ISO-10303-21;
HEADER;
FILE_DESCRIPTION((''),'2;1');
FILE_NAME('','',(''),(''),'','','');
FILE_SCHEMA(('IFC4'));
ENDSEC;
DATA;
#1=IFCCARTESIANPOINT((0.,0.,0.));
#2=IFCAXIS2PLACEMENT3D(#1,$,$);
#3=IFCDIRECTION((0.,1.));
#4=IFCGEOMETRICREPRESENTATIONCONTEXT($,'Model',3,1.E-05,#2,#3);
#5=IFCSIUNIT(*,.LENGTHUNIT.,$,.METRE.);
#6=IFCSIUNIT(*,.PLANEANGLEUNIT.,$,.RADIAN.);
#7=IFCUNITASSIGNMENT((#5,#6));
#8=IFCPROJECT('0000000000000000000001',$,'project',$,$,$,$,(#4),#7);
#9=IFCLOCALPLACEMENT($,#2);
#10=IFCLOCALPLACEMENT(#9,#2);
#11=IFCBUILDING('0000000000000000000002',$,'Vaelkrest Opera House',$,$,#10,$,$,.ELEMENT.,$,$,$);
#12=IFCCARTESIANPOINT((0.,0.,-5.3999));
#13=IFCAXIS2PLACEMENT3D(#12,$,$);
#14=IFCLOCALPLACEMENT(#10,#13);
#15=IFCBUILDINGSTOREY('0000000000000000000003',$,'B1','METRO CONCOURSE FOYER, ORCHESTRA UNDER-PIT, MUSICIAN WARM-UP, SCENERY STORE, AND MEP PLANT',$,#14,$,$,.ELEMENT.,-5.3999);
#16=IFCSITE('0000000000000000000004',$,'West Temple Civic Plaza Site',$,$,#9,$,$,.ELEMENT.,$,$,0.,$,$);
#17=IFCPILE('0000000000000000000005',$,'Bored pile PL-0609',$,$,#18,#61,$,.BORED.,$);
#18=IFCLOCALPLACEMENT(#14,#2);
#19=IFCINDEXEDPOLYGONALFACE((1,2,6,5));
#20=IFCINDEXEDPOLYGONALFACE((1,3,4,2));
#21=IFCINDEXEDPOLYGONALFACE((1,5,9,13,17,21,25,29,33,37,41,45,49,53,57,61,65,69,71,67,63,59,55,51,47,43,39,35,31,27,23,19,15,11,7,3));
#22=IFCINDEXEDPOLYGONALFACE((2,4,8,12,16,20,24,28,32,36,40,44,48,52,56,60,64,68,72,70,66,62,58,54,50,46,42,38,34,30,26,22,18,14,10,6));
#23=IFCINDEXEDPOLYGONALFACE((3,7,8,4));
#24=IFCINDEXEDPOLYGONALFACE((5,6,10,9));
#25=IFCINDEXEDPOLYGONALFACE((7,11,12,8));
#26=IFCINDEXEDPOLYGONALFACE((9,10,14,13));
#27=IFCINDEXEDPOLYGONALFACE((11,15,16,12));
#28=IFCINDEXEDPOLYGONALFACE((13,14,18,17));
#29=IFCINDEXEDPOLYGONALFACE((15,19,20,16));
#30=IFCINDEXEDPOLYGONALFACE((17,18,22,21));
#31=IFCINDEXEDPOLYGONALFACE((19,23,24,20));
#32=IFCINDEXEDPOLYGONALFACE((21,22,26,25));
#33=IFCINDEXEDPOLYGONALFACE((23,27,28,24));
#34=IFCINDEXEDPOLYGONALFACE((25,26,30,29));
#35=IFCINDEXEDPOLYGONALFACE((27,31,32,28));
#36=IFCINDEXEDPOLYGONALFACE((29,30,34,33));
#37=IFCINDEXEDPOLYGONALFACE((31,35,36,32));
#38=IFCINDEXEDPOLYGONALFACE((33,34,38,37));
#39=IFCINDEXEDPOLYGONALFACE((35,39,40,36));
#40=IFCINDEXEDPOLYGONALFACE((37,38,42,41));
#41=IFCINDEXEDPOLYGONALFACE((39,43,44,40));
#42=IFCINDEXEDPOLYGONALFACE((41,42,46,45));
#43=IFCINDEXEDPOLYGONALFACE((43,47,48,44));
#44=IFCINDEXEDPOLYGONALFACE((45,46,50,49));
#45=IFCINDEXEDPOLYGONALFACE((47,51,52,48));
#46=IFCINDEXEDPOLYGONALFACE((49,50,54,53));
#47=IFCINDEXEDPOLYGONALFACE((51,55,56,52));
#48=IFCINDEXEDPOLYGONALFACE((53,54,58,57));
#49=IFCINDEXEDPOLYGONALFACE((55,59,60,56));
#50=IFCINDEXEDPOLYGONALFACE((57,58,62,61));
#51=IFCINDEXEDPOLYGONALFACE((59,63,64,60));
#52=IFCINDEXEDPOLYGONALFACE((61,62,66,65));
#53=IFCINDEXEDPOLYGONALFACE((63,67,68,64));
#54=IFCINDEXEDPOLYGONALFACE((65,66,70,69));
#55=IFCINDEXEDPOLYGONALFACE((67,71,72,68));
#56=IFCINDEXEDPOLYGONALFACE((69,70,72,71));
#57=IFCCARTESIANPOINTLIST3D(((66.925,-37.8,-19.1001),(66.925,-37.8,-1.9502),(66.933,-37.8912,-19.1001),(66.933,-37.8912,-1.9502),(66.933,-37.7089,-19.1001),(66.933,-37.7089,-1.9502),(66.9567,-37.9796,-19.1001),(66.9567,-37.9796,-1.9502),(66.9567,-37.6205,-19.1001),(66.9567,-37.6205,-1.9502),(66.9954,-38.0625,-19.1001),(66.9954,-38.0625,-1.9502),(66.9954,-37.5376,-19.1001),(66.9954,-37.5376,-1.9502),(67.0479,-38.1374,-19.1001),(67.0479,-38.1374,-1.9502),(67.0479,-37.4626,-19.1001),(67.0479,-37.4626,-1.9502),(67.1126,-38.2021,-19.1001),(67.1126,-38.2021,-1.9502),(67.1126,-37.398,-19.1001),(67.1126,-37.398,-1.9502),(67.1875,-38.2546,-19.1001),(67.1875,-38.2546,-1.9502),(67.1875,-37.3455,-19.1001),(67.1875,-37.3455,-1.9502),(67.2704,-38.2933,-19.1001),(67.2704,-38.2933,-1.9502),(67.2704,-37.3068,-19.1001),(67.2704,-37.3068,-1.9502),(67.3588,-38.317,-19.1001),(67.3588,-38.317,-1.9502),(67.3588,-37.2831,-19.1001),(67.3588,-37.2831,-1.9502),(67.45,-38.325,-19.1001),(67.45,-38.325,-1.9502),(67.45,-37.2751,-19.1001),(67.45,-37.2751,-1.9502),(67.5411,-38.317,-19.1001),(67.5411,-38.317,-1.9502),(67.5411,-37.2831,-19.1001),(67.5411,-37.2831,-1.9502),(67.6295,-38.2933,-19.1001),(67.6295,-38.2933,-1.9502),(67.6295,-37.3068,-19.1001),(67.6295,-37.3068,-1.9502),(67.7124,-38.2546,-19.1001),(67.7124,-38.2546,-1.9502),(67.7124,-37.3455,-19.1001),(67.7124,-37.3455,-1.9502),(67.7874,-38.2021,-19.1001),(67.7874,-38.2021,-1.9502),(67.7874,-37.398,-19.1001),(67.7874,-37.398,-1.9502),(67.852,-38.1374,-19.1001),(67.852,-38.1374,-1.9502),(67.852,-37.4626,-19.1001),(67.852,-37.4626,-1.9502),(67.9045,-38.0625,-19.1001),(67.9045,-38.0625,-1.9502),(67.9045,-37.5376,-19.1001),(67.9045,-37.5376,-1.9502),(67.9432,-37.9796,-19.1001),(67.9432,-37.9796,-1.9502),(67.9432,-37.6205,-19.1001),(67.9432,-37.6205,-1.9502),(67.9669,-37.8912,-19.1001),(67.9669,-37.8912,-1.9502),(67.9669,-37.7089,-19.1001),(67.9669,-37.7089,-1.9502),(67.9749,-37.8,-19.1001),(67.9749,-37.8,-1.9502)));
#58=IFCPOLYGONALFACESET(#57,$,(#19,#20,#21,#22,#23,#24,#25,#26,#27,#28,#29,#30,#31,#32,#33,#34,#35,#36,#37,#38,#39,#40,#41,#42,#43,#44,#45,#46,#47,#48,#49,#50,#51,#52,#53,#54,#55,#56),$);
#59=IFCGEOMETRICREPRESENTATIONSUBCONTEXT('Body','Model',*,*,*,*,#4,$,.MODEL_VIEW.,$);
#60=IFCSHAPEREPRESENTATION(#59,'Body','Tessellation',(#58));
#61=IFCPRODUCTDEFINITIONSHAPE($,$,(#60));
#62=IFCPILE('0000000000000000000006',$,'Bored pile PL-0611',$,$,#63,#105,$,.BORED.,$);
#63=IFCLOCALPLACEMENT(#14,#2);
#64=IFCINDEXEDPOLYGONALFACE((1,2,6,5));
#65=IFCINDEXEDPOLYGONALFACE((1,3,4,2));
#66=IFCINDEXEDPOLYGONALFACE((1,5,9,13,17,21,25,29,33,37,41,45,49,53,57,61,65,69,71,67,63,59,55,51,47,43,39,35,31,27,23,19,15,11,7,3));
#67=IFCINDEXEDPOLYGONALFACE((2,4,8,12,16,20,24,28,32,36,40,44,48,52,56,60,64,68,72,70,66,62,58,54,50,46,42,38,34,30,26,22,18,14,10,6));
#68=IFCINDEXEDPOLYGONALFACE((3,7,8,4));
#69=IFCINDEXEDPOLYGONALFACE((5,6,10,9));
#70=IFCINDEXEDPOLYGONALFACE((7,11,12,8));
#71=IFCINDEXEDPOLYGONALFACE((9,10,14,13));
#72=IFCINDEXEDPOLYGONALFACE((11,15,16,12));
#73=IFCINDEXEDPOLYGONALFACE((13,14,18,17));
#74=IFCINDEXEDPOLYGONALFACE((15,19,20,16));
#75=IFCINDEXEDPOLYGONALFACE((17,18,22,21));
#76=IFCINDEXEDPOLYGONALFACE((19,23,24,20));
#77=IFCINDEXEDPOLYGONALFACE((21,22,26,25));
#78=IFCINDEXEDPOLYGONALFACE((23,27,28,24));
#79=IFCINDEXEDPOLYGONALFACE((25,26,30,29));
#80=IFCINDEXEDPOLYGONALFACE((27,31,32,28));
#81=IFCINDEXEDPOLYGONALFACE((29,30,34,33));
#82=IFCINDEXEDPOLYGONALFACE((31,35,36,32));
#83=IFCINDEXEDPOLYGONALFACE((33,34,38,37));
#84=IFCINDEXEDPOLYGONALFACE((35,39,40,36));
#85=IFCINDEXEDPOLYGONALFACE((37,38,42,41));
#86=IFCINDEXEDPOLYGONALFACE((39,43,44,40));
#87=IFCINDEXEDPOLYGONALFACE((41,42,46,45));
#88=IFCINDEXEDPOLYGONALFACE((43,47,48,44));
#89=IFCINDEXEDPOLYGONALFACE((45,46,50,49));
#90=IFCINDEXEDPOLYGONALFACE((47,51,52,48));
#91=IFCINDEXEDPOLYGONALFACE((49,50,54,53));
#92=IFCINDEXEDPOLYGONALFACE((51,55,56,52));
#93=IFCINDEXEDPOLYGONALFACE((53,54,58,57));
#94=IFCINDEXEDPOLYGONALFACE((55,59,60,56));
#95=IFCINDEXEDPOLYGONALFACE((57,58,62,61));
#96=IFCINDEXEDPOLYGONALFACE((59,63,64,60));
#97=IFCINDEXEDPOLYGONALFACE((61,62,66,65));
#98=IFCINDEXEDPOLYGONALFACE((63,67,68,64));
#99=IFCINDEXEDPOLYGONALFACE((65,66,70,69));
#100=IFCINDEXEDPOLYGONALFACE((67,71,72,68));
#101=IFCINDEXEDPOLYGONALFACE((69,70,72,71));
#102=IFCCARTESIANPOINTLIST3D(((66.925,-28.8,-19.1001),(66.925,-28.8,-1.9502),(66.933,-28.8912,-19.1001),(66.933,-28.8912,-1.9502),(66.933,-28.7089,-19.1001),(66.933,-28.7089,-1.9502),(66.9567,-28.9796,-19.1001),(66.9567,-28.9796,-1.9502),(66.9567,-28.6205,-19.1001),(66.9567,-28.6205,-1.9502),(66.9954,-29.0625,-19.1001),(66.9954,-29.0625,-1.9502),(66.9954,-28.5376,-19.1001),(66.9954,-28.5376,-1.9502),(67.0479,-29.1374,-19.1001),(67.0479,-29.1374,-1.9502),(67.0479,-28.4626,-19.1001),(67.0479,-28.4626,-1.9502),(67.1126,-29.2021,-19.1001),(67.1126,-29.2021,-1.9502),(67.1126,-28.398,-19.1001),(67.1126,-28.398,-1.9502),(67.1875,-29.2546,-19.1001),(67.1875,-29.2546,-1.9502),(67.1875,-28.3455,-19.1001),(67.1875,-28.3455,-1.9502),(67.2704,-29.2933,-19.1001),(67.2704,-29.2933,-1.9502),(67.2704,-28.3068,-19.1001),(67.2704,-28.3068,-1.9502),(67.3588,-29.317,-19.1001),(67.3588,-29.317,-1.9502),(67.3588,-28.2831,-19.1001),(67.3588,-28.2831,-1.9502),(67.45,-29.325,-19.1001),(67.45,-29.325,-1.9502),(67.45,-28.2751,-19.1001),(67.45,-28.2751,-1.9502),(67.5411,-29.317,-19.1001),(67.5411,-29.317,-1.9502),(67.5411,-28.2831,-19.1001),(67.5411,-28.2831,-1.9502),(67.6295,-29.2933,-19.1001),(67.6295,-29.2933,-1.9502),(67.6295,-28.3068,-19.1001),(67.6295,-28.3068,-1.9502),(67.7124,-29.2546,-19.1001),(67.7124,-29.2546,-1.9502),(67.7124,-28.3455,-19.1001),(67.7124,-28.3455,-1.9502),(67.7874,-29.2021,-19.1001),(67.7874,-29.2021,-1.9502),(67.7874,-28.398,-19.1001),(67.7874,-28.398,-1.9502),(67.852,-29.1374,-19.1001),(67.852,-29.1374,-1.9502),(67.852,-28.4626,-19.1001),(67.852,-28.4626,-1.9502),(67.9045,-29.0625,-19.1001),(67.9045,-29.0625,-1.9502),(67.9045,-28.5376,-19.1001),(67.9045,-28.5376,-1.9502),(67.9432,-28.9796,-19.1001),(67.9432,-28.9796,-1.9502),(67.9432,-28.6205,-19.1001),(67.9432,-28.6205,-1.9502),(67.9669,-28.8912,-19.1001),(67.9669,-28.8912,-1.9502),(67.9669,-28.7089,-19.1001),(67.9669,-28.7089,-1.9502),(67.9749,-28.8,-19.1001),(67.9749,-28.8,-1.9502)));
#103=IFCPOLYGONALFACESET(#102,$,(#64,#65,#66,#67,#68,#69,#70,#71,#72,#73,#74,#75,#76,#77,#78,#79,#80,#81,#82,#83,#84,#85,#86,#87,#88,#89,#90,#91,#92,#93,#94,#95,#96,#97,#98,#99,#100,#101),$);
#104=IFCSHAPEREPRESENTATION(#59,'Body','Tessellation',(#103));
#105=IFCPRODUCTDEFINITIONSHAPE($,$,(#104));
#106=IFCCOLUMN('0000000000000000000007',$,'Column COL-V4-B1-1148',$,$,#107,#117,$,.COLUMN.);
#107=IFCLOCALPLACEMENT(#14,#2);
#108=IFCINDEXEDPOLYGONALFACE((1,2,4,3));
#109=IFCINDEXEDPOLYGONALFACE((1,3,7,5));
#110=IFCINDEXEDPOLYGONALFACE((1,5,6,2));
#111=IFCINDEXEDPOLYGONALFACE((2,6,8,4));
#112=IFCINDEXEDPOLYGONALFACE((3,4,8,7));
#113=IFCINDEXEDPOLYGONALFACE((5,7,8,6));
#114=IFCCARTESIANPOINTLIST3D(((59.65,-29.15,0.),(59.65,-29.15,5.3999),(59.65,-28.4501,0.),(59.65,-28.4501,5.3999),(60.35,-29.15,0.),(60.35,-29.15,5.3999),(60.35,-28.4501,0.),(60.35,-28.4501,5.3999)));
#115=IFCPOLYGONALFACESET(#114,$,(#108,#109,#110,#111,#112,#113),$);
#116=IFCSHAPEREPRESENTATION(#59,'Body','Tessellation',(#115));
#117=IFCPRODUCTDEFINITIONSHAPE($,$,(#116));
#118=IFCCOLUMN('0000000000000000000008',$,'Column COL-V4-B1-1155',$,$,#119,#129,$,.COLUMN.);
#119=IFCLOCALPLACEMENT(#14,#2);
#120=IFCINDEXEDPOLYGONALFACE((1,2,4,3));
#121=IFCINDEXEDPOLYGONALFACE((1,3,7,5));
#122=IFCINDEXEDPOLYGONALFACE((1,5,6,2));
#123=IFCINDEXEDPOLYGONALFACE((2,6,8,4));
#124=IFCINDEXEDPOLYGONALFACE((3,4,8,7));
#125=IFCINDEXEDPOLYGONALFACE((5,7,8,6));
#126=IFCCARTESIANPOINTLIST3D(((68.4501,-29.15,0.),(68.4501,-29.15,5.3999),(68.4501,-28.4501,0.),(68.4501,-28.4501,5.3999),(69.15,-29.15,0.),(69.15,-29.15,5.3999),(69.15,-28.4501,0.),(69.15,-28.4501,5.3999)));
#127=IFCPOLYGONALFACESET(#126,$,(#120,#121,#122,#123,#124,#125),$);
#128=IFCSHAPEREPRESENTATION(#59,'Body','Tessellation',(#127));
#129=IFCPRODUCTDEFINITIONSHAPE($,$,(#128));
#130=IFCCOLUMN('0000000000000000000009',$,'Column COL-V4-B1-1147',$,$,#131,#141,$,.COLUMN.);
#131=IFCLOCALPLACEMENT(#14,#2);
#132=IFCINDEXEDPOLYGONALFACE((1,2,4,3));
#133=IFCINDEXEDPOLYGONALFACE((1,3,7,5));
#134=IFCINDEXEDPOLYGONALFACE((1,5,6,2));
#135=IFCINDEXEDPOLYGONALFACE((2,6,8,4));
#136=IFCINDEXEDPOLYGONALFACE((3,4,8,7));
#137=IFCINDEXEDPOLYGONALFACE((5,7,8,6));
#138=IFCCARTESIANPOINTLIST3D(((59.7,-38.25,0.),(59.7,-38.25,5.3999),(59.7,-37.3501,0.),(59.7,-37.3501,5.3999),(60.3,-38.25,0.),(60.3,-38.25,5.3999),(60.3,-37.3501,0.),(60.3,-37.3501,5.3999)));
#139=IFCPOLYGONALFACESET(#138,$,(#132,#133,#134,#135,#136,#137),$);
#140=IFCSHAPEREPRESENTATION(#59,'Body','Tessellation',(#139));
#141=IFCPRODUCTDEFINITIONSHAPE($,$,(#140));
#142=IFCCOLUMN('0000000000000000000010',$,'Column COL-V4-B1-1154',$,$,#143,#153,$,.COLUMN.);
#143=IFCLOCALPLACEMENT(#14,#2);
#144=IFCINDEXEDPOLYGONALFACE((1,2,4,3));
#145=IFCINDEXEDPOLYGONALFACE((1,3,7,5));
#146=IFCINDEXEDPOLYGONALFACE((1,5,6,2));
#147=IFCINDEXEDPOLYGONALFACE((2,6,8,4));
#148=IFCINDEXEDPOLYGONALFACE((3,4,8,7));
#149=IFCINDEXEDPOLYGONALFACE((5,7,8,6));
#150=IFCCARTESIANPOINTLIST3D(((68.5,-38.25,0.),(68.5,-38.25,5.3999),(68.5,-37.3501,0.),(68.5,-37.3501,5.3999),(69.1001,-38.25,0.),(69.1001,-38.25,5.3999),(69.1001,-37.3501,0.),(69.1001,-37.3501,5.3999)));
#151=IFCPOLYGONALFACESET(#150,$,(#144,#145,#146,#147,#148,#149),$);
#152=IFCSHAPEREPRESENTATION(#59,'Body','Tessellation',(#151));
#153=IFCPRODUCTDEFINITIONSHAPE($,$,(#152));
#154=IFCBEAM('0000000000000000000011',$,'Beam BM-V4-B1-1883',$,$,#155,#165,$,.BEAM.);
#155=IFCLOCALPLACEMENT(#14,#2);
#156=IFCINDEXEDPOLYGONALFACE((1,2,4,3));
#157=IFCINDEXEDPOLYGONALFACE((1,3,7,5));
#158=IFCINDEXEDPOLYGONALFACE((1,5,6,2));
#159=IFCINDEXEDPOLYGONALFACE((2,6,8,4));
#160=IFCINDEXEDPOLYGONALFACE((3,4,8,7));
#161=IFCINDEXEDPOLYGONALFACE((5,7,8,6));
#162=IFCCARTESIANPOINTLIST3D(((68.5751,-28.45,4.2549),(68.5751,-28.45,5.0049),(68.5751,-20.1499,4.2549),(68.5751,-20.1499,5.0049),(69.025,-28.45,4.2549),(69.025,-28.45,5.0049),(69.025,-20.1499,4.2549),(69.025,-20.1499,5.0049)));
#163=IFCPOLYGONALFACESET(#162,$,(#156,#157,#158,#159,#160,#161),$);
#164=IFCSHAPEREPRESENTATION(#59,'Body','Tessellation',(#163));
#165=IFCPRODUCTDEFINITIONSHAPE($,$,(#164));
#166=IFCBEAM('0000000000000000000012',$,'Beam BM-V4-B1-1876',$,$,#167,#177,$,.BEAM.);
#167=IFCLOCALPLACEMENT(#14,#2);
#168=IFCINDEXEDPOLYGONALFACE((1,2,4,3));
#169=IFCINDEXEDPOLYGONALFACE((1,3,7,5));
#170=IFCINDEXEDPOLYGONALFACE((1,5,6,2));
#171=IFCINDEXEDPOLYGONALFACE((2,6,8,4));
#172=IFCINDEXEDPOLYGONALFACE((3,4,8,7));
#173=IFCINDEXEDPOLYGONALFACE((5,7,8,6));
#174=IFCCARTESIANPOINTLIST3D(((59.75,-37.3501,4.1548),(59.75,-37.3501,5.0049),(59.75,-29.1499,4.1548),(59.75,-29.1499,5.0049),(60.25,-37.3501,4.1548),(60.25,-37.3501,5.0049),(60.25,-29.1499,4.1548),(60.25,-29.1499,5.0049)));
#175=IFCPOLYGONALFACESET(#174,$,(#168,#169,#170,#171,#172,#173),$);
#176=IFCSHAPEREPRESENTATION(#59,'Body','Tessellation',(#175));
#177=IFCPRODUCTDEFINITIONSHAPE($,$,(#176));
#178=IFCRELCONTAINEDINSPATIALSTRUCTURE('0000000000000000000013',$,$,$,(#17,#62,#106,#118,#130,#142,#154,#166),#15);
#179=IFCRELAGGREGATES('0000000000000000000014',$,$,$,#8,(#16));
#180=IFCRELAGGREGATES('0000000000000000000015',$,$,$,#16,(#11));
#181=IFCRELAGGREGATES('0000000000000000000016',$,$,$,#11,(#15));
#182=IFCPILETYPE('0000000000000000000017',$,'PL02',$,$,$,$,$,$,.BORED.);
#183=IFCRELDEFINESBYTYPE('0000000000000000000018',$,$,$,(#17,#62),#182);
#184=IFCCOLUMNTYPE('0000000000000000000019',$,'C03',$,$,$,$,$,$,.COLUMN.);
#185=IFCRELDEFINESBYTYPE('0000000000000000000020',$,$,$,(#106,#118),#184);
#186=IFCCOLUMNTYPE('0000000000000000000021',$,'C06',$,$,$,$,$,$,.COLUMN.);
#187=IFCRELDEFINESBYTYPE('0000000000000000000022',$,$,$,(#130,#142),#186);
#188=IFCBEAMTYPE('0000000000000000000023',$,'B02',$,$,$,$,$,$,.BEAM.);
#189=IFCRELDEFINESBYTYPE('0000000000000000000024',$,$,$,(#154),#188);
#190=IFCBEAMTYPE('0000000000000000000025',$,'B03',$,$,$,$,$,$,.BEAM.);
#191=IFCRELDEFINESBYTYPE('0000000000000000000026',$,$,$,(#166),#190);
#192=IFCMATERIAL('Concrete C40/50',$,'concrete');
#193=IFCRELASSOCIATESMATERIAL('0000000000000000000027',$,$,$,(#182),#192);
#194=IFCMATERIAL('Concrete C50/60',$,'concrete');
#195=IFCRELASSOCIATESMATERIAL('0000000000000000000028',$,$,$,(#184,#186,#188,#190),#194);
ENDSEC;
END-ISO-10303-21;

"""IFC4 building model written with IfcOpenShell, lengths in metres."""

from ifc_helpers import new_model, si_unit, direction, frame, origin, origin_2d, place, context, subcontext, project, spatial, rectangle, circle, extrude, material, material_profile, profile_set, type_object, element, save


model = new_model("IFC4")

# Units and contexts
model_context = context("Model", 3, precision=1e-05, world=origin(), true_north=direction((0.0, 1.0)))
body_context = subcontext(model_context, "Body", "Model", "MODEL_VIEW")
ifc_project = project(units=[si_unit("LENGTHUNIT", "METRE"), si_unit("PLANEANGLEUNIT", "RADIAN")], contexts=[model_context])

# Site, building, storey
site_placement = place(None, origin())
site = spatial("IfcSite", under=ifc_project, at=site_placement, Name="West Temple Civic Plaza Site", CompositionType="ELEMENT", RefElevation=0.0)
building_placement = place(site_placement, origin())
building = spatial("IfcBuilding", under=site, at=building_placement, Name="Vaelkrest Opera House", CompositionType="ELEMENT")
storey_placement = place(building_placement, frame((0.0, 0.0, -5.3999)))
storey = spatial("IfcBuildingStorey", under=building, at=storey_placement, Name="B1", Description="METRO CONCOURSE FOYER, ORCHESTRA UNDER-PIT, MUSICIAN WARM-UP, SCENERY STORE, AND MEP PLANT", CompositionType="ELEMENT", Elevation=-5.3999)

# Shared definitions
ifc_material_1 = material(Name="Concrete C40/50", Category="concrete")

# Piles
ifc_material_profile_1 = material_profile(ifc_material_1, circle(Radius=0.5249, at=origin_2d()), Name="PILE1050")
ifc_profile_set_1 = profile_set([ifc_material_profile_1], Name="Concrete C40/50")
pile_type = type_object("IfcPileType", Name="PL02", PredefinedType="BORED", material=ifc_profile_set_1)
for number, where, z_axis, x_axis, name in (
    (1, (67.45, -37.8, -1.9502), (0.0, 0.0, -1.0), (1.0, 0.0, 0.0), "Bored pile PL-0609"),
    (2, (67.45, -28.8, -1.9502), (0.0, 0.0, -1.0), (1.0, 0.0, 0.0), "Bored pile PL-0611"),
):
    element("IfcPile", number, at=place(storey_placement, frame(where, z_axis=z_axis, x_axis=x_axis)), inside=storey, type_object=pile_type, Name=name, PredefinedType="BORED", context=body_context, shape_type="SweptSolid", body=[
        extrude(circle(Radius=0.5249, at=origin_2d()), origin(), (0.0, 0.0, 1.0), 17.1499),
    ])

# Columns
ifc_material_2 = material(Name="Concrete C50/60", Category="concrete")
ifc_material_profile_2 = material_profile(ifc_material_2, rectangle(XDim=0.7, YDim=0.7, at=origin_2d()), Name="RC700X700")
ifc_profile_set_2 = profile_set([ifc_material_profile_2], Name="Concrete C50/60")
column_type_1 = type_object("IfcColumnType", Name="C03", PredefinedType="COLUMN", material=ifc_profile_set_2)
for number, where, z_axis, x_axis, name in (
    (3, (60.0, -28.8, 0.0), (0.0, 0.0, 1.0), (1.0, 0.0, 0.0), "Column COL-V4-B1-1148"),
    (4, (68.8, -28.8, 0.0), (0.0, 0.0, 1.0), (1.0, 0.0, 0.0), "Column COL-V4-B1-1155"),
):
    element("IfcColumn", number, at=place(storey_placement, frame(where, z_axis=z_axis, x_axis=x_axis)), inside=storey, type_object=column_type_1, Name=name, PredefinedType="COLUMN", context=body_context, shape_type="SweptSolid", body=[
        extrude(rectangle(XDim=0.7, YDim=0.7, at=origin_2d()), origin(), (0.0, 0.0, 1.0), 5.3999),
    ])
ifc_material_profile_3 = material_profile(ifc_material_2, rectangle(XDim=0.6001, YDim=0.8999, at=origin_2d()), Name="RC600X900")
ifc_profile_set_3 = profile_set([ifc_material_profile_3], Name="Concrete C50/60")
column_type_2 = type_object("IfcColumnType", Name="C06", PredefinedType="COLUMN", material=ifc_profile_set_3)
for number, where, z_axis, x_axis, name in (
    (5, (60.0, -37.8, 0.0), (0.0, 0.0, 1.0), (1.0, 0.0, 0.0), "Column COL-V4-B1-1147"),
    (6, (68.8, -37.8, 0.0), (0.0, 0.0, 1.0), (1.0, 0.0, 0.0), "Column COL-V4-B1-1154"),
):
    element("IfcColumn", number, at=place(storey_placement, frame(where, z_axis=z_axis, x_axis=x_axis)), inside=storey, type_object=column_type_2, Name=name, PredefinedType="COLUMN", context=body_context, shape_type="SweptSolid", body=[
        extrude(rectangle(XDim=0.6001, YDim=0.8999, at=origin_2d()), origin(), (0.0, 0.0, 1.0), 5.3999),
    ])

# Beams
ifc_material_profile_4 = material_profile(ifc_material_2, rectangle(XDim=0.45, YDim=0.75, at=origin_2d()), Name="RCB450X750")
ifc_profile_set_4 = profile_set([ifc_material_profile_4], Name="Concrete C50/60")
beam_type_1 = type_object("IfcBeamType", Name="B02", PredefinedType="BEAM", material=ifc_profile_set_4)
beam_1_placement = place(storey_placement, frame((68.8, -28.45, 4.6299), z_axis=(0.0, 1.0, 0.0), x_axis=(-1.0, 0.0, 0.0)))
element("IfcBeam", 7, at=beam_1_placement, inside=storey, type_object=beam_type_1, Name="Beam BM-V4-B1-1883", PredefinedType="BEAM", context=body_context, shape_type="SweptSolid", body=[
    extrude(rectangle(XDim=0.45, YDim=0.75, at=origin_2d()), origin(), (0.0, 0.0, 1.0), 8.3),
])
ifc_material_profile_5 = material_profile(ifc_material_2, rectangle(XDim=0.5, YDim=0.8501, at=origin_2d()), Name="RCB500X850")
ifc_profile_set_5 = profile_set([ifc_material_profile_5], Name="Concrete C50/60")
beam_type_2 = type_object("IfcBeamType", Name="B03", PredefinedType="BEAM", material=ifc_profile_set_5)
beam_2_placement = place(storey_placement, frame((60.0, -37.3501, 4.5798), z_axis=(0.0, 1.0, 0.0), x_axis=(-1.0, 0.0, 0.0)))
element("IfcBeam", 8, at=beam_2_placement, inside=storey, type_object=beam_type_2, Name="Beam BM-V4-B1-1876", PredefinedType="BEAM", context=body_context, shape_type="SweptSolid", body=[
    extrude(rectangle(XDim=0.5, YDim=0.8501, at=origin_2d()), origin(), (0.0, 0.0, 1.0), 8.2002),
])

save(model, "model.ifc")
